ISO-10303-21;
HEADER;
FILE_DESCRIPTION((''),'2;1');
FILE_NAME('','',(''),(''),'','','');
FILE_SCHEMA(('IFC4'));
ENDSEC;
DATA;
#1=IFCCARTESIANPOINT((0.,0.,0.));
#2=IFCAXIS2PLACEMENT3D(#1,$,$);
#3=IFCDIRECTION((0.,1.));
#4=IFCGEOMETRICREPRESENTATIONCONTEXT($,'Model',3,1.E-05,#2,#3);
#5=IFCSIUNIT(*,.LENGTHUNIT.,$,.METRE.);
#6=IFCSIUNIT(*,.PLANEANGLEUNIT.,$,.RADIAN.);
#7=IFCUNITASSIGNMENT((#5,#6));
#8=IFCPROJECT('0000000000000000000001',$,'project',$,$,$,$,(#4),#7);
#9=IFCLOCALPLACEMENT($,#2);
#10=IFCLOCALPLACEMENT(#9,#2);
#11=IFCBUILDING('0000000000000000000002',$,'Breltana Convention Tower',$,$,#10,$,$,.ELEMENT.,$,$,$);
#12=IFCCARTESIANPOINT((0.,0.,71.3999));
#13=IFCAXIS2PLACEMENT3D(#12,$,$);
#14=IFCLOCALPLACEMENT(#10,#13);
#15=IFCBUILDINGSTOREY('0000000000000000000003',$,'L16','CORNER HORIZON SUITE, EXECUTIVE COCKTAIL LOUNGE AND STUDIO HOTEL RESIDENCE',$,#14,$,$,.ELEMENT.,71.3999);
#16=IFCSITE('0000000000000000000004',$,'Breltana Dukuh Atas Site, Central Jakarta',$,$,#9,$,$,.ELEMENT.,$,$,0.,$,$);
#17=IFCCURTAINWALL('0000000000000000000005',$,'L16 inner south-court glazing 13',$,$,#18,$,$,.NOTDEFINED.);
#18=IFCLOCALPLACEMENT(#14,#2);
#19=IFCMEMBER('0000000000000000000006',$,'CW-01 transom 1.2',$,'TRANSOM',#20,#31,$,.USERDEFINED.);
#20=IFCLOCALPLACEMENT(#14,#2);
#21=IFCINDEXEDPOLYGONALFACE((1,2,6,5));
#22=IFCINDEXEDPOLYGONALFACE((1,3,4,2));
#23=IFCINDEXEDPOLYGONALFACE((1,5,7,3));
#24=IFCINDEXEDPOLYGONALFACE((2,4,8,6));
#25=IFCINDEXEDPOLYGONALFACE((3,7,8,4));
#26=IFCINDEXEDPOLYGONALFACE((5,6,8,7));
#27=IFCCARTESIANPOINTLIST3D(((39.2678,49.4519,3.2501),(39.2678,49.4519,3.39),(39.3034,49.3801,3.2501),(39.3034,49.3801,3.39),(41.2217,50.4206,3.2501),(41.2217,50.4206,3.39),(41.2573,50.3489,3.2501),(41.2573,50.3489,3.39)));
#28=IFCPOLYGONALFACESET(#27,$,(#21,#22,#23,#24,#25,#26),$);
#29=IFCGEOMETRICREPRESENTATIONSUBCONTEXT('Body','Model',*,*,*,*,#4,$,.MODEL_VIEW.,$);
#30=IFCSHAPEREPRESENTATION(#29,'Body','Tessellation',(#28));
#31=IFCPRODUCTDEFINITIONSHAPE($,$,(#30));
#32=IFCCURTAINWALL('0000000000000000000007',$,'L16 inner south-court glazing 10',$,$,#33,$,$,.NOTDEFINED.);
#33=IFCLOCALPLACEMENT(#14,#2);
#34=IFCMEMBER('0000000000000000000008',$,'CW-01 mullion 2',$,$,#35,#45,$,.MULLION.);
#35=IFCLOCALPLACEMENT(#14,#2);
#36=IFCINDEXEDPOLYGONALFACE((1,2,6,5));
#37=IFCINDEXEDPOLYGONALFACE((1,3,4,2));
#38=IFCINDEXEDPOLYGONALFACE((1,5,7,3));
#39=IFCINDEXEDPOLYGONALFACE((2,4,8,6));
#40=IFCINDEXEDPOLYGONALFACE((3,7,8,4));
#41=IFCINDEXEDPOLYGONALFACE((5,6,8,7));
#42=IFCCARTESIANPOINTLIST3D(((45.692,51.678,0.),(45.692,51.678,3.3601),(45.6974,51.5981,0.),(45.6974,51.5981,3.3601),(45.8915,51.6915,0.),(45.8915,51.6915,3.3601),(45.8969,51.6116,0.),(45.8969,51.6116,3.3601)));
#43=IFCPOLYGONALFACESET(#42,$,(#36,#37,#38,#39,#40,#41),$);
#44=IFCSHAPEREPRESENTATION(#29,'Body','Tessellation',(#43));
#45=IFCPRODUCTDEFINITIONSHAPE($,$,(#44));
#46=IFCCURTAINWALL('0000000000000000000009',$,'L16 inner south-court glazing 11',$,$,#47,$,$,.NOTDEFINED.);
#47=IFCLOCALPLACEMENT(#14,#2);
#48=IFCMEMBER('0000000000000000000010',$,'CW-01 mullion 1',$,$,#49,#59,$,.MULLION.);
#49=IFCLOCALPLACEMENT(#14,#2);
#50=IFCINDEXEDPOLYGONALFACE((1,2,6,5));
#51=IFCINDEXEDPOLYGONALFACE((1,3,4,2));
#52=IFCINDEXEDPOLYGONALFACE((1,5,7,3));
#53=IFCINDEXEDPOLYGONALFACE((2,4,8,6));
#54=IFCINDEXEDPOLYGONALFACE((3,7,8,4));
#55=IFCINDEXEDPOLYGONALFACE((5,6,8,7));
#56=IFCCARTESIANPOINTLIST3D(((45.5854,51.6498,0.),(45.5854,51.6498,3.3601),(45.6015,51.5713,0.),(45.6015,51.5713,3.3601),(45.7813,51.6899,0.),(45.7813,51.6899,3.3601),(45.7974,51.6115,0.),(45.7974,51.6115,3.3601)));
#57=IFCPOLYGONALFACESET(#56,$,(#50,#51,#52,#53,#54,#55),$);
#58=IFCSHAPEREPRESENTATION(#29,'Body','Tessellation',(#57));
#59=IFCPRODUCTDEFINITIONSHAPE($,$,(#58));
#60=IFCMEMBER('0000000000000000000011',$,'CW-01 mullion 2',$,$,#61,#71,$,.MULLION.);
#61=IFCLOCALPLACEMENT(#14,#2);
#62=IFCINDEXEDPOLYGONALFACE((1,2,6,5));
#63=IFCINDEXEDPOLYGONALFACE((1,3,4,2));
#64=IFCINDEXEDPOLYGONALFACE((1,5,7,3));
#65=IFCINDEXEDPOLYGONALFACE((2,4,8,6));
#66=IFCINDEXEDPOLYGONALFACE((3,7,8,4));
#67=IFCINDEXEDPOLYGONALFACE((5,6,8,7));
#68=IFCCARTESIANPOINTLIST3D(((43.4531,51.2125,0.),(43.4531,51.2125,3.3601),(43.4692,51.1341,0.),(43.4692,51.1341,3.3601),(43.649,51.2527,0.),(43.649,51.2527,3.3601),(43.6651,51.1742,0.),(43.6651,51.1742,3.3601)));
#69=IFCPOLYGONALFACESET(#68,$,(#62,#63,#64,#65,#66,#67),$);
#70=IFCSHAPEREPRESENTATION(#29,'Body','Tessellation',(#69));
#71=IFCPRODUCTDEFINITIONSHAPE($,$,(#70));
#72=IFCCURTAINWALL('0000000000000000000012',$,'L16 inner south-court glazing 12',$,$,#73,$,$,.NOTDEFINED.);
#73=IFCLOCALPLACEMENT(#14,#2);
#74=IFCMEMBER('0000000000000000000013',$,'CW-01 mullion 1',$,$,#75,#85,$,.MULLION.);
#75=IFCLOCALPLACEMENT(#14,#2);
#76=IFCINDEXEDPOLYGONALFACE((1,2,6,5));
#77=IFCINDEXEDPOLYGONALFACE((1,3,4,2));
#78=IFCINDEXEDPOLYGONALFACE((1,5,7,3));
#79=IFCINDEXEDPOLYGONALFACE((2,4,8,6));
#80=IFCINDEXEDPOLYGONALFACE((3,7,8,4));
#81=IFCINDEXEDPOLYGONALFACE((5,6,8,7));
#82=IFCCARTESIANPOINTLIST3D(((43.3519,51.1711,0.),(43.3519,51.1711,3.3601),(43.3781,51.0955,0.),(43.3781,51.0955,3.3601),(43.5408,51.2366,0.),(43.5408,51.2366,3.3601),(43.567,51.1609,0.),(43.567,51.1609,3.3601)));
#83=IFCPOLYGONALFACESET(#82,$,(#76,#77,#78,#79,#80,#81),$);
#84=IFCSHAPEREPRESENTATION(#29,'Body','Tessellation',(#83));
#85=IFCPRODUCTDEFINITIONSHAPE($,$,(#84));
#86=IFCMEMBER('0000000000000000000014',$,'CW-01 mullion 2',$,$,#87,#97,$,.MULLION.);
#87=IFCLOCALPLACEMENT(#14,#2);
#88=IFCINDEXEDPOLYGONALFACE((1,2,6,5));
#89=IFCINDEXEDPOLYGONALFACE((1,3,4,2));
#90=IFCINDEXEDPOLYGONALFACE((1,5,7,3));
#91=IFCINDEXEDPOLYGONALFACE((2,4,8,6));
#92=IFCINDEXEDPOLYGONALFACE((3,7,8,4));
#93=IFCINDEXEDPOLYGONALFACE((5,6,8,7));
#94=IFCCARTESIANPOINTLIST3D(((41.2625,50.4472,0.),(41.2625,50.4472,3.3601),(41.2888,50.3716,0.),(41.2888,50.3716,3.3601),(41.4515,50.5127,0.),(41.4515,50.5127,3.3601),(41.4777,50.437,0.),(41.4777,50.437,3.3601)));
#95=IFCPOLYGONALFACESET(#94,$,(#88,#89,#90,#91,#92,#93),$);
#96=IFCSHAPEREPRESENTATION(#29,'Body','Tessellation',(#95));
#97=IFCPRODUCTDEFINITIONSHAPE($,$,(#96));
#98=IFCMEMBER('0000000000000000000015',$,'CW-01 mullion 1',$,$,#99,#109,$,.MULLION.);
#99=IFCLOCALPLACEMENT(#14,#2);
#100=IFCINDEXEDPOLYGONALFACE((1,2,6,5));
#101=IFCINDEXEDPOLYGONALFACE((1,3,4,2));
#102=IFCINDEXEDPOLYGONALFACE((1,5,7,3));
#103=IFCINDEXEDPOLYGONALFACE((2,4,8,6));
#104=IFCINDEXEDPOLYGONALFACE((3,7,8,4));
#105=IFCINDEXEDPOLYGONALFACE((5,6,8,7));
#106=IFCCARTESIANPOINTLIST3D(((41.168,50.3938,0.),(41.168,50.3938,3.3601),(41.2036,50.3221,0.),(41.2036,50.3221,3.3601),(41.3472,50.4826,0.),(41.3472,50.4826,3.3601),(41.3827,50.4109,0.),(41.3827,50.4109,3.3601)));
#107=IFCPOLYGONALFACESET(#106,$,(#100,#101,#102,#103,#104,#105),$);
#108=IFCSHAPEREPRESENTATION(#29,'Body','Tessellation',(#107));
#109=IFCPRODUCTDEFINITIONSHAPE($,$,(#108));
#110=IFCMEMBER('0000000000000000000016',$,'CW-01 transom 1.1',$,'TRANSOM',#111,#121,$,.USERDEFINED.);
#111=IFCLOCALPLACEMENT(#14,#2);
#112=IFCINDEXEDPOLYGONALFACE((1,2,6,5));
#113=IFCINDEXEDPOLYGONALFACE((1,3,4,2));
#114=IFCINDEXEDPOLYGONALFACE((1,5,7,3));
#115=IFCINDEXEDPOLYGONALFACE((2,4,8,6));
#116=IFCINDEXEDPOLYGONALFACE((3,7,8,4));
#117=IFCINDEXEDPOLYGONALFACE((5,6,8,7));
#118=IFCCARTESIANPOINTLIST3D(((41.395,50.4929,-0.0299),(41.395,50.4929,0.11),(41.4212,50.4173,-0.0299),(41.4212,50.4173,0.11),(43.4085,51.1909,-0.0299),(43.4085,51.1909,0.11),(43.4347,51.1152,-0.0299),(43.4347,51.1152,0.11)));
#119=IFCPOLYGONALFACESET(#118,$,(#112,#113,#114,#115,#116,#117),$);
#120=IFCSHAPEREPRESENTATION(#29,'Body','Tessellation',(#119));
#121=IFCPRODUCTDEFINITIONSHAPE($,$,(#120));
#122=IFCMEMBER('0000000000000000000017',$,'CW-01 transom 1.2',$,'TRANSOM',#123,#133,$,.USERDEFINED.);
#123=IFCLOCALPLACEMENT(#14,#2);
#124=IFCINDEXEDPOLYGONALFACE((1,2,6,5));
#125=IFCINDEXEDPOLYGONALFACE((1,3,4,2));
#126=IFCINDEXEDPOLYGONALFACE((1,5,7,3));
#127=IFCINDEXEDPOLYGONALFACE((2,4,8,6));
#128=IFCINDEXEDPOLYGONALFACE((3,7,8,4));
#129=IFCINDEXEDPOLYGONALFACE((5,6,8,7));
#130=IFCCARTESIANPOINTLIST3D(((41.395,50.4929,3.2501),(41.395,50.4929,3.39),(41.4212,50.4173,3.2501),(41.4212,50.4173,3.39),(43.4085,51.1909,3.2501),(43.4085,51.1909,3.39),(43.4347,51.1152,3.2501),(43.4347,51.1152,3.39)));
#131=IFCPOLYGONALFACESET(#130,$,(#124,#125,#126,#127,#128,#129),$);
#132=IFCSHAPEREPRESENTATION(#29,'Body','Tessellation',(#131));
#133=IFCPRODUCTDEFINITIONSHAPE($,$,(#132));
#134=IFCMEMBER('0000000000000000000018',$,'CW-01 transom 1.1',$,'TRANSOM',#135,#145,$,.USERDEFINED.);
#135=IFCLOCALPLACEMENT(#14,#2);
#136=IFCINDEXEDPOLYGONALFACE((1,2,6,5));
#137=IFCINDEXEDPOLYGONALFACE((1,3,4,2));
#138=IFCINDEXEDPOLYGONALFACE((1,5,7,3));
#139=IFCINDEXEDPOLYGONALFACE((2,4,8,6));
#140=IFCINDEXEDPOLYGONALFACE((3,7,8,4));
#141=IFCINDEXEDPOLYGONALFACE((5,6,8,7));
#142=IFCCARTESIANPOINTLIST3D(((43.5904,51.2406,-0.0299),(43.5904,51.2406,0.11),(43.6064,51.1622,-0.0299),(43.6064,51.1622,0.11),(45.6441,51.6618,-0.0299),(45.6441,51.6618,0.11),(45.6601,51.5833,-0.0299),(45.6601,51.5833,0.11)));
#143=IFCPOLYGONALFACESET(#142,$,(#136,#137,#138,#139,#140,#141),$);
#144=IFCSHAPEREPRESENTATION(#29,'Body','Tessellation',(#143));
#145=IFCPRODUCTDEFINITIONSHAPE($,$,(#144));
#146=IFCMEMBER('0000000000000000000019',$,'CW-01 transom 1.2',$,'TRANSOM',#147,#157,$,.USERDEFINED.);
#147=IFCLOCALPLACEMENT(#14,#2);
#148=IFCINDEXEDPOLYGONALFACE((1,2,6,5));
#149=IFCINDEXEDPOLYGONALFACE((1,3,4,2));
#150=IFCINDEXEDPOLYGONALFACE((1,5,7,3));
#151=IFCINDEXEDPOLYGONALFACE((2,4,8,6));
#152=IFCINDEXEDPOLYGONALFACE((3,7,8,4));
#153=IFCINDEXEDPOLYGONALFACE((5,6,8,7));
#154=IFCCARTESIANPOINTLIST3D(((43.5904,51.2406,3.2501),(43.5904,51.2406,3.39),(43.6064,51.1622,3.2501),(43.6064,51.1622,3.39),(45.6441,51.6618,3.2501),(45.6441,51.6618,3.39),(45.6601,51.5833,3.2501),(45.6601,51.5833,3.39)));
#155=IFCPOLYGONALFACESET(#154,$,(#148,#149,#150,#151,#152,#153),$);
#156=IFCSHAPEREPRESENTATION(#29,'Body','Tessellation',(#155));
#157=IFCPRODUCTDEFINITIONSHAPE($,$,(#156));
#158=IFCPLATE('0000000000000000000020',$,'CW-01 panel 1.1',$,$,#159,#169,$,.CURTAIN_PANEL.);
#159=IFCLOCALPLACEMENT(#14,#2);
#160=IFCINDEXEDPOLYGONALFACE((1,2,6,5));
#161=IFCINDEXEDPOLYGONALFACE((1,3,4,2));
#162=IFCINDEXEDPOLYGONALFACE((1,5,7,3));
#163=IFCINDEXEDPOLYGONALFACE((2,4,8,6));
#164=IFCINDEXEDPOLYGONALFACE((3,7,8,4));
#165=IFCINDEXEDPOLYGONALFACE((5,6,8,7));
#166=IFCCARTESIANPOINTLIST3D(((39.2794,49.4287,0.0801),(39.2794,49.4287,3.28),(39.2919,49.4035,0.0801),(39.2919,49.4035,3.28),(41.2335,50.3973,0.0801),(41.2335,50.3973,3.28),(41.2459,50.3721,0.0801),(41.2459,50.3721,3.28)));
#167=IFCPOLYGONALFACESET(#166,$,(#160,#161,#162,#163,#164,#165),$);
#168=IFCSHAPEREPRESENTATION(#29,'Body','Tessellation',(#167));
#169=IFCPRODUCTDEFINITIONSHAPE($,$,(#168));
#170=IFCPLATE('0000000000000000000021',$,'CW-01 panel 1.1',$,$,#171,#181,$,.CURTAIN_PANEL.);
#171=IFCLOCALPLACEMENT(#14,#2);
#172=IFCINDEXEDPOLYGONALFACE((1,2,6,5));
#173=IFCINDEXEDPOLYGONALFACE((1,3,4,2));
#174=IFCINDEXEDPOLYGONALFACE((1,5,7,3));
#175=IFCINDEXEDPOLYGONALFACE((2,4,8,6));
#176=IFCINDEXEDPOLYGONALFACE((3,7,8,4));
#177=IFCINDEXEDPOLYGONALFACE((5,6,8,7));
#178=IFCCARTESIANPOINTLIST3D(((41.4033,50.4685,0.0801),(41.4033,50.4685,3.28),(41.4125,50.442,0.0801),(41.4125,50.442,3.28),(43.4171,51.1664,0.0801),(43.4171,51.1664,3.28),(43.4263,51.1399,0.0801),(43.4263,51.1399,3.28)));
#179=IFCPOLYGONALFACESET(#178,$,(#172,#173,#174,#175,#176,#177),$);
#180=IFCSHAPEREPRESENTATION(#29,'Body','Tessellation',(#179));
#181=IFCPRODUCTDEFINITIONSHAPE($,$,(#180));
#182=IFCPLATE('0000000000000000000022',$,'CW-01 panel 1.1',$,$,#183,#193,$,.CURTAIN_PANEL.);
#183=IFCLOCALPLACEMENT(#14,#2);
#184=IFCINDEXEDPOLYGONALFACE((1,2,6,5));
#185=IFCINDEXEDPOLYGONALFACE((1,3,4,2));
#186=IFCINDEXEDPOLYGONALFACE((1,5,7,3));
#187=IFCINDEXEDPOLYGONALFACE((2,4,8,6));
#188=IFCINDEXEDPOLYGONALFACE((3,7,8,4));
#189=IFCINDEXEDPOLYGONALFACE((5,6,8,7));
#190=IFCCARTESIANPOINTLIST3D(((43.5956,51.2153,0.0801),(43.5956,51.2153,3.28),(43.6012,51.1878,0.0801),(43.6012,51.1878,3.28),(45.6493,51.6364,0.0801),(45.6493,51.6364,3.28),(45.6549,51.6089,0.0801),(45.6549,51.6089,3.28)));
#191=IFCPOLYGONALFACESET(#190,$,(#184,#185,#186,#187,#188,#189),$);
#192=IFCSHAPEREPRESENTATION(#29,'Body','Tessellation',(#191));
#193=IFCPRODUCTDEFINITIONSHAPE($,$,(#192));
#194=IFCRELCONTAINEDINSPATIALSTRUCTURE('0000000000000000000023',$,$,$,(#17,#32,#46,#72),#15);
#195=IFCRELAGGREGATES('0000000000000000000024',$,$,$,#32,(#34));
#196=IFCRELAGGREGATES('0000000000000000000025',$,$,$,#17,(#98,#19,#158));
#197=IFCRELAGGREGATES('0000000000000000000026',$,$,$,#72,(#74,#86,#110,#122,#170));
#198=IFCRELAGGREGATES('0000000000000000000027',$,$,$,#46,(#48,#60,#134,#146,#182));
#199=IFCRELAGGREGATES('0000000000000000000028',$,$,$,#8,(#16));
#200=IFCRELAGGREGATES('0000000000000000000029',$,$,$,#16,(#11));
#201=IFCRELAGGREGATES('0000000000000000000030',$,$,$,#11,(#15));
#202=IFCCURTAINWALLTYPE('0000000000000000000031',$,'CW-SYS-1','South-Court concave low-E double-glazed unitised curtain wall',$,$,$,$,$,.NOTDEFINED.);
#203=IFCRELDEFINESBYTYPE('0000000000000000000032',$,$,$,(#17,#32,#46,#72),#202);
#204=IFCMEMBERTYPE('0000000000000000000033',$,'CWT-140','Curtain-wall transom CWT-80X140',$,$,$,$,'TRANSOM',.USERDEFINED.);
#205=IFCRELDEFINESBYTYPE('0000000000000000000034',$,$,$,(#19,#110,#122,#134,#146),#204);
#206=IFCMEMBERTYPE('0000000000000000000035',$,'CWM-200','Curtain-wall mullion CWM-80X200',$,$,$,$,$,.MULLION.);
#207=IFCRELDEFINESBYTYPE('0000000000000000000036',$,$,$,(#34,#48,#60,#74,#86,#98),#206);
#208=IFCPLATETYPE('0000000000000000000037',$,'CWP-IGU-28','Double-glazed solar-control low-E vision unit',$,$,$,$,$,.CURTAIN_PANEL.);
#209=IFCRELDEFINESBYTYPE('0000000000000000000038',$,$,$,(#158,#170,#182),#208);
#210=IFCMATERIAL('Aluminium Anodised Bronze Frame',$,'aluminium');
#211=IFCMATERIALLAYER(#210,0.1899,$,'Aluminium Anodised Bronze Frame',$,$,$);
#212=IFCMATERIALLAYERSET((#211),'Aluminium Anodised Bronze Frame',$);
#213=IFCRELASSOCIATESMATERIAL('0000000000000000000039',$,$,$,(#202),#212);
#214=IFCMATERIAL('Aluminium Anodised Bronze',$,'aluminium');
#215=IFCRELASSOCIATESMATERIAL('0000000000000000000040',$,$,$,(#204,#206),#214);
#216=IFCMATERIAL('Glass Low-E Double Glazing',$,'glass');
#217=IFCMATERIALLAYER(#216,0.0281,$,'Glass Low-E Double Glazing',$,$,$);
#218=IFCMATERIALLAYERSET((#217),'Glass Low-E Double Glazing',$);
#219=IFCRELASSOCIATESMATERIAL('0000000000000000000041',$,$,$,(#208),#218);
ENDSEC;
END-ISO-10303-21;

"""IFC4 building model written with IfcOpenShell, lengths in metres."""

from ifc_helpers import new_model, si_unit, direction, frame, origin, origin_2d, place, context, subcontext, project, spatial, rectangle, extrude, source, transform, mapped, material, layer, layer_set, material_profile, profile_set, type_object, element, aggregate, save


model = new_model("IFC4")

# Units and contexts
model_context = context("Model", 3, precision=1e-05, world=origin(), true_north=direction((0.0, 1.0)))
body_context = subcontext(model_context, "Body", "Model", "MODEL_VIEW")
ifc_project = project(units=[si_unit("LENGTHUNIT", "METRE"), si_unit("PLANEANGLEUNIT", "RADIAN")], contexts=[model_context])

# Site, building, storey
site_placement = place(None, origin())
site = spatial("IfcSite", under=ifc_project, at=site_placement, Name="Breltana Dukuh Atas Site, Central Jakarta", CompositionType="ELEMENT", RefElevation=0.0)
building_placement = place(site_placement, origin())
building = spatial("IfcBuilding", under=site, at=building_placement, Name="Breltana Convention Tower", CompositionType="ELEMENT")
storey_placement = place(building_placement, frame((0.0, 0.0, 71.3999)))
storey = spatial("IfcBuildingStorey", under=building, at=storey_placement, Name="L16", Description="CORNER HORIZON SUITE, EXECUTIVE COCKTAIL LOUNGE AND STUDIO HOTEL RESIDENCE", CompositionType="ELEMENT", Elevation=71.3999)

# Curtain wall, member
ifc_material_1 = material(Name="Aluminium Anodised Bronze Frame", Category="aluminium")
ifc_layer_1 = layer(ifc_material_1, 0.1899, Name="Aluminium Anodised Bronze Frame")
ifc_layer_set_1 = layer_set([ifc_layer_1], Name="Aluminium Anodised Bronze Frame")
curtain_wall_type = type_object("IfcCurtainWallType", Name="CW-SYS-1", Description="South-Court concave low-E double-glazed unitised curtain wall", PredefinedType="NOTDEFINED", material=ifc_layer_set_1)
curtain_wall_1_placement = place(storey_placement, origin())
curtain_wall_1 = element("IfcCurtainWall", 1, at=curtain_wall_1_placement, inside=storey, type_object=curtain_wall_type, Name="L16 inner south-court glazing 13", PredefinedType="NOTDEFINED")
ifc_material_2 = material(Name="Aluminium Anodised Bronze", Category="aluminium")
ifc_material_profile_1 = material_profile(ifc_material_2, rectangle(XDim=0.0801, YDim=0.1399, at=origin_2d()), Name="CWT-80X140")
ifc_profile_set_1 = profile_set([ifc_material_profile_1], Name="Aluminium Anodised Bronze")
member_type_1 = type_object("IfcMemberType", Name="CWT-140", Description="Curtain-wall transom CWT-80X140", ElementType="TRANSOM", PredefinedType="USERDEFINED", material=ifc_profile_set_1)
shared_shape_1 = source(origin(), body_context, "Body", "SweptSolid", [
    extrude(rectangle(XDim=0.0801, YDim=0.1399, at=origin_2d()), origin(), (0.0, 0.0, 1.0), 2.1809),
])
member_1_placement = place(storey_placement, frame((41.2395, 50.3848, 3.3201), z_axis=(-0.895922, -0.444211, 0.0), x_axis=(0.444211, -0.895922, 0.0)))
member_1 = element("IfcMember", 2, at=member_1_placement, type_object=member_type_1, Name="CW-01 transom 1.2", ObjectType="TRANSOM", PredefinedType="USERDEFINED", context=body_context, shape_type="MappedRepresentation", body=[
    mapped(shared_shape_1, transform((0.0, 0.0, 0.0), scale=1.0)),
])

# Curtain wall, member
curtain_wall_2_placement = place(storey_placement, origin())
curtain_wall_2 = element("IfcCurtainWall", 3, at=curtain_wall_2_placement, inside=storey, type_object=curtain_wall_type, Name="L16 inner south-court glazing 10", PredefinedType="NOTDEFINED")
ifc_material_profile_2 = material_profile(ifc_material_2, rectangle(XDim=0.0801, YDim=0.2, at=origin_2d()), Name="CWM-80X200")
ifc_profile_set_2 = profile_set([ifc_material_profile_2], Name="Aluminium Anodised Bronze")
member_type_2 = type_object("IfcMemberType", Name="CWM-200", Description="Curtain-wall mullion CWM-80X200", PredefinedType="MULLION", material=ifc_profile_set_2)
shared_shape_2 = source(origin(), body_context, "Body", "SweptSolid", [
    extrude(rectangle(XDim=0.0801, YDim=0.2, at=origin_2d()), origin(), (0.0, 0.0, 1.0), 3.3601),
])
member_2_placement = place(storey_placement, frame((45.7944, 51.6448, 0.0), z_axis=(0.0, 0.0, 1.0), x_axis=(0.067726, -0.997704, 0.0)))
member_2 = element("IfcMember", 4, at=member_2_placement, type_object=member_type_2, Name="CW-01 mullion 2", PredefinedType="MULLION", context=body_context, shape_type="MappedRepresentation", body=[
    mapped(shared_shape_2, transform((0.0, 0.0, 0.0), scale=1.0)),
])
aggregate(curtain_wall_2, [member_2])

# Curtain walls, members
curtain_wall_3_placement = place(storey_placement, origin())
curtain_wall_3 = element("IfcCurtainWall", 5, at=curtain_wall_3_placement, inside=storey, type_object=curtain_wall_type, Name="L16 inner south-court glazing 11", PredefinedType="NOTDEFINED")
member_3_placement = place(storey_placement, frame((45.6914, 51.6306, 0.0), z_axis=(0.0, 0.0, 1.0), x_axis=(0.200886, -0.979615, 0.0)))
member_3 = element("IfcMember", 6, at=member_3_placement, type_object=member_type_2, Name="CW-01 mullion 1", PredefinedType="MULLION", context=body_context, shape_type="MappedRepresentation", body=[
    mapped(shared_shape_2, transform((0.0, 0.0, 0.0), scale=1.0)),
])
member_4_placement = place(storey_placement, frame((43.5591, 51.1934, 0.0), z_axis=(0.0, 0.0, 1.0), x_axis=(0.200886, -0.979615, 0.0)))
member_4 = element("IfcMember", 7, at=member_4_placement, type_object=member_type_2, Name="CW-01 mullion 2", PredefinedType="MULLION", context=body_context, shape_type="MappedRepresentation", body=[
    mapped(shared_shape_2, transform((0.0, 0.0, 0.0), scale=1.0)),
])
curtain_wall_4_placement = place(storey_placement, origin())
curtain_wall_4 = element("IfcCurtainWall", 8, at=curtain_wall_4_placement, inside=storey, type_object=curtain_wall_type, Name="L16 inner south-court glazing 12", PredefinedType="NOTDEFINED")
member_5_placement = place(storey_placement, frame((43.4595, 51.166, 0.0), z_axis=(0.0, 0.0, 1.0), x_axis=(0.327413, -0.944881, 0.0)))
member_5 = element("IfcMember", 9, at=member_5_placement, type_object=member_type_2, Name="CW-01 mullion 1", PredefinedType="MULLION", context=body_context, shape_type="MappedRepresentation", body=[
    mapped(shared_shape_2, transform((0.0, 0.0, 0.0), scale=1.0)),
])
member_6_placement = place(storey_placement, frame((41.3701, 50.4421, 0.0), z_axis=(0.0, 0.0, 1.0), x_axis=(0.327413, -0.944881, 0.0)))
member_6 = element("IfcMember", 10, at=member_6_placement, type_object=member_type_2, Name="CW-01 mullion 2", PredefinedType="MULLION", context=body_context, shape_type="MappedRepresentation", body=[
    mapped(shared_shape_2, transform((0.0, 0.0, 0.0), scale=1.0)),
])

# Members
member_7_placement = place(storey_placement, frame((41.2754, 50.4023, 0.0), z_axis=(0.0, 0.0, 1.0), x_axis=(0.444118, -0.895968, 0.0)))
member_7 = element("IfcMember", 11, at=member_7_placement, type_object=member_type_2, Name="CW-01 mullion 1", PredefinedType="MULLION", context=body_context, shape_type="MappedRepresentation", body=[
    mapped(shared_shape_2, transform((0.0, 0.0, 0.0), scale=1.0)),
])
shared_shape_3 = source(origin(), body_context, "Body", "SweptSolid", [
    extrude(rectangle(XDim=0.0801, YDim=0.1399, at=origin_2d()), origin(), (0.0, 0.0, 1.0), 2.1311),
])
member_8_placement = place(storey_placement, frame((43.4216, 51.1531, 0.04), z_axis=(-0.944847, -0.327512, 0.0), x_axis=(0.327512, -0.944847, 0.0)))
member_8 = element("IfcMember", 12, at=member_8_placement, type_object=member_type_1, Name="CW-01 transom 1.1", ObjectType="TRANSOM", PredefinedType="USERDEFINED", context=body_context, shape_type="MappedRepresentation", body=[
    mapped(shared_shape_3, transform((0.0, 0.0, 0.0), scale=1.0)),
])
member_9_placement = place(storey_placement, frame((43.4216, 51.1531, 3.3201), z_axis=(-0.944847, -0.327512, 0.0), x_axis=(0.327512, -0.944847, 0.0)))
member_9 = element("IfcMember", 13, at=member_9_placement, type_object=member_type_1, Name="CW-01 transom 1.2", ObjectType="TRANSOM", PredefinedType="USERDEFINED", context=body_context, shape_type="MappedRepresentation", body=[
    mapped(shared_shape_3, transform((0.0, 0.0, 0.0), scale=1.0)),
])
shared_shape_4 = source(origin(), body_context, "Body", "SweptSolid", [
    extrude(rectangle(XDim=0.0801, YDim=0.1399, at=origin_2d()), origin(), (0.0, 0.0, 1.0), 2.0964),
])
member_10_placement = place(storey_placement, frame((45.6521, 51.6226, 0.04), z_axis=(-0.979615, -0.200884, 0.0), x_axis=(0.200884, -0.979615, 0.0)))
member_10 = element("IfcMember", 14, at=member_10_placement, type_object=member_type_1, Name="CW-01 transom 1.1", ObjectType="TRANSOM", PredefinedType="USERDEFINED", context=body_context, shape_type="MappedRepresentation", body=[
    mapped(shared_shape_4, transform((0.0, 0.0, 0.0), scale=1.0)),
])
member_11_placement = place(storey_placement, frame((45.6521, 51.6226, 3.3201), z_axis=(-0.979615, -0.200884, 0.0), x_axis=(0.200884, -0.979615, 0.0)))
member_11 = element("IfcMember", 15, at=member_11_placement, type_object=member_type_1, Name="CW-01 transom 1.2", ObjectType="TRANSOM", PredefinedType="USERDEFINED", context=body_context, shape_type="MappedRepresentation", body=[
    mapped(shared_shape_4, transform((0.0, 0.0, 0.0), scale=1.0)),
])

# Plates
ifc_material_3 = material(Name="Glass Low-E Double Glazing", Category="glass")
ifc_layer_2 = layer(ifc_material_3, 0.0281, Name="Glass Low-E Double Glazing")
ifc_layer_set_2 = layer_set([ifc_layer_2], Name="Glass Low-E Double Glazing")
plate_type = type_object("IfcPlateType", Name="CWP-IGU-28", Description="Double-glazed solar-control low-E vision unit", PredefinedType="CURTAIN_PANEL", material=ifc_layer_set_2)
shared_shape_5 = source(origin(), body_context, "Body", "SweptSolid", [
    extrude(rectangle(XDim=2.1809, YDim=0.0281, at=origin_2d()), origin(), (0.0, 0.0, 1.0), 3.2),
])
plate_1_placement = place(storey_placement, frame((40.2627, 49.9004, 0.0801), z_axis=(0.0, 0.0, 1.0), x_axis=(-0.895968, -0.444118, 0.0)))
plate_1 = element("IfcPlate", 16, at=plate_1_placement, type_object=plate_type, Name="CW-01 panel 1.1", PredefinedType="CURTAIN_PANEL", context=body_context, shape_type="MappedRepresentation", body=[
    mapped(shared_shape_5, transform((0.0, 0.0, 0.0), scale=1.0)),
])
aggregate(curtain_wall_1, [member_7, member_1, plate_1])
shared_shape_6 = source(origin(), body_context, "Body", "SweptSolid", [
    extrude(rectangle(XDim=2.1313, YDim=0.0281, at=origin_2d()), origin(), (0.0, 0.0, 1.0), 3.2),
])
plate_2_placement = place(storey_placement, frame((42.4148, 50.8042, 0.0801), z_axis=(0.0, 0.0, 1.0), x_axis=(-0.944881, -0.327413, 0.0)))
plate_2 = element("IfcPlate", 17, at=plate_2_placement, type_object=plate_type, Name="CW-01 panel 1.1", PredefinedType="CURTAIN_PANEL", context=body_context, shape_type="MappedRepresentation", body=[
    mapped(shared_shape_6, transform((0.0, 0.0, 0.0), scale=1.0)),
])
aggregate(curtain_wall_4, [member_5, member_6, member_8, member_9, plate_2])
shared_shape_7 = source(origin(), body_context, "Body", "SweptSolid", [
    extrude(rectangle(XDim=2.0964, YDim=0.0281, at=origin_2d()), origin(), (0.0, 0.0, 1.0), 3.2),
])
plate_3_placement = place(storey_placement, frame((44.6252, 51.4121, 0.0801), z_axis=(0.0, 0.0, 1.0), x_axis=(-0.979615, -0.200886, 0.0)))
plate_3 = element("IfcPlate", 18, at=plate_3_placement, type_object=plate_type, Name="CW-01 panel 1.1", PredefinedType="CURTAIN_PANEL", context=body_context, shape_type="MappedRepresentation", body=[
    mapped(shared_shape_7, transform((0.0, 0.0, 0.0), scale=1.0)),
])
aggregate(curtain_wall_3, [member_3, member_4, member_10, member_11, plate_3])

save(model, "model.ifc")
